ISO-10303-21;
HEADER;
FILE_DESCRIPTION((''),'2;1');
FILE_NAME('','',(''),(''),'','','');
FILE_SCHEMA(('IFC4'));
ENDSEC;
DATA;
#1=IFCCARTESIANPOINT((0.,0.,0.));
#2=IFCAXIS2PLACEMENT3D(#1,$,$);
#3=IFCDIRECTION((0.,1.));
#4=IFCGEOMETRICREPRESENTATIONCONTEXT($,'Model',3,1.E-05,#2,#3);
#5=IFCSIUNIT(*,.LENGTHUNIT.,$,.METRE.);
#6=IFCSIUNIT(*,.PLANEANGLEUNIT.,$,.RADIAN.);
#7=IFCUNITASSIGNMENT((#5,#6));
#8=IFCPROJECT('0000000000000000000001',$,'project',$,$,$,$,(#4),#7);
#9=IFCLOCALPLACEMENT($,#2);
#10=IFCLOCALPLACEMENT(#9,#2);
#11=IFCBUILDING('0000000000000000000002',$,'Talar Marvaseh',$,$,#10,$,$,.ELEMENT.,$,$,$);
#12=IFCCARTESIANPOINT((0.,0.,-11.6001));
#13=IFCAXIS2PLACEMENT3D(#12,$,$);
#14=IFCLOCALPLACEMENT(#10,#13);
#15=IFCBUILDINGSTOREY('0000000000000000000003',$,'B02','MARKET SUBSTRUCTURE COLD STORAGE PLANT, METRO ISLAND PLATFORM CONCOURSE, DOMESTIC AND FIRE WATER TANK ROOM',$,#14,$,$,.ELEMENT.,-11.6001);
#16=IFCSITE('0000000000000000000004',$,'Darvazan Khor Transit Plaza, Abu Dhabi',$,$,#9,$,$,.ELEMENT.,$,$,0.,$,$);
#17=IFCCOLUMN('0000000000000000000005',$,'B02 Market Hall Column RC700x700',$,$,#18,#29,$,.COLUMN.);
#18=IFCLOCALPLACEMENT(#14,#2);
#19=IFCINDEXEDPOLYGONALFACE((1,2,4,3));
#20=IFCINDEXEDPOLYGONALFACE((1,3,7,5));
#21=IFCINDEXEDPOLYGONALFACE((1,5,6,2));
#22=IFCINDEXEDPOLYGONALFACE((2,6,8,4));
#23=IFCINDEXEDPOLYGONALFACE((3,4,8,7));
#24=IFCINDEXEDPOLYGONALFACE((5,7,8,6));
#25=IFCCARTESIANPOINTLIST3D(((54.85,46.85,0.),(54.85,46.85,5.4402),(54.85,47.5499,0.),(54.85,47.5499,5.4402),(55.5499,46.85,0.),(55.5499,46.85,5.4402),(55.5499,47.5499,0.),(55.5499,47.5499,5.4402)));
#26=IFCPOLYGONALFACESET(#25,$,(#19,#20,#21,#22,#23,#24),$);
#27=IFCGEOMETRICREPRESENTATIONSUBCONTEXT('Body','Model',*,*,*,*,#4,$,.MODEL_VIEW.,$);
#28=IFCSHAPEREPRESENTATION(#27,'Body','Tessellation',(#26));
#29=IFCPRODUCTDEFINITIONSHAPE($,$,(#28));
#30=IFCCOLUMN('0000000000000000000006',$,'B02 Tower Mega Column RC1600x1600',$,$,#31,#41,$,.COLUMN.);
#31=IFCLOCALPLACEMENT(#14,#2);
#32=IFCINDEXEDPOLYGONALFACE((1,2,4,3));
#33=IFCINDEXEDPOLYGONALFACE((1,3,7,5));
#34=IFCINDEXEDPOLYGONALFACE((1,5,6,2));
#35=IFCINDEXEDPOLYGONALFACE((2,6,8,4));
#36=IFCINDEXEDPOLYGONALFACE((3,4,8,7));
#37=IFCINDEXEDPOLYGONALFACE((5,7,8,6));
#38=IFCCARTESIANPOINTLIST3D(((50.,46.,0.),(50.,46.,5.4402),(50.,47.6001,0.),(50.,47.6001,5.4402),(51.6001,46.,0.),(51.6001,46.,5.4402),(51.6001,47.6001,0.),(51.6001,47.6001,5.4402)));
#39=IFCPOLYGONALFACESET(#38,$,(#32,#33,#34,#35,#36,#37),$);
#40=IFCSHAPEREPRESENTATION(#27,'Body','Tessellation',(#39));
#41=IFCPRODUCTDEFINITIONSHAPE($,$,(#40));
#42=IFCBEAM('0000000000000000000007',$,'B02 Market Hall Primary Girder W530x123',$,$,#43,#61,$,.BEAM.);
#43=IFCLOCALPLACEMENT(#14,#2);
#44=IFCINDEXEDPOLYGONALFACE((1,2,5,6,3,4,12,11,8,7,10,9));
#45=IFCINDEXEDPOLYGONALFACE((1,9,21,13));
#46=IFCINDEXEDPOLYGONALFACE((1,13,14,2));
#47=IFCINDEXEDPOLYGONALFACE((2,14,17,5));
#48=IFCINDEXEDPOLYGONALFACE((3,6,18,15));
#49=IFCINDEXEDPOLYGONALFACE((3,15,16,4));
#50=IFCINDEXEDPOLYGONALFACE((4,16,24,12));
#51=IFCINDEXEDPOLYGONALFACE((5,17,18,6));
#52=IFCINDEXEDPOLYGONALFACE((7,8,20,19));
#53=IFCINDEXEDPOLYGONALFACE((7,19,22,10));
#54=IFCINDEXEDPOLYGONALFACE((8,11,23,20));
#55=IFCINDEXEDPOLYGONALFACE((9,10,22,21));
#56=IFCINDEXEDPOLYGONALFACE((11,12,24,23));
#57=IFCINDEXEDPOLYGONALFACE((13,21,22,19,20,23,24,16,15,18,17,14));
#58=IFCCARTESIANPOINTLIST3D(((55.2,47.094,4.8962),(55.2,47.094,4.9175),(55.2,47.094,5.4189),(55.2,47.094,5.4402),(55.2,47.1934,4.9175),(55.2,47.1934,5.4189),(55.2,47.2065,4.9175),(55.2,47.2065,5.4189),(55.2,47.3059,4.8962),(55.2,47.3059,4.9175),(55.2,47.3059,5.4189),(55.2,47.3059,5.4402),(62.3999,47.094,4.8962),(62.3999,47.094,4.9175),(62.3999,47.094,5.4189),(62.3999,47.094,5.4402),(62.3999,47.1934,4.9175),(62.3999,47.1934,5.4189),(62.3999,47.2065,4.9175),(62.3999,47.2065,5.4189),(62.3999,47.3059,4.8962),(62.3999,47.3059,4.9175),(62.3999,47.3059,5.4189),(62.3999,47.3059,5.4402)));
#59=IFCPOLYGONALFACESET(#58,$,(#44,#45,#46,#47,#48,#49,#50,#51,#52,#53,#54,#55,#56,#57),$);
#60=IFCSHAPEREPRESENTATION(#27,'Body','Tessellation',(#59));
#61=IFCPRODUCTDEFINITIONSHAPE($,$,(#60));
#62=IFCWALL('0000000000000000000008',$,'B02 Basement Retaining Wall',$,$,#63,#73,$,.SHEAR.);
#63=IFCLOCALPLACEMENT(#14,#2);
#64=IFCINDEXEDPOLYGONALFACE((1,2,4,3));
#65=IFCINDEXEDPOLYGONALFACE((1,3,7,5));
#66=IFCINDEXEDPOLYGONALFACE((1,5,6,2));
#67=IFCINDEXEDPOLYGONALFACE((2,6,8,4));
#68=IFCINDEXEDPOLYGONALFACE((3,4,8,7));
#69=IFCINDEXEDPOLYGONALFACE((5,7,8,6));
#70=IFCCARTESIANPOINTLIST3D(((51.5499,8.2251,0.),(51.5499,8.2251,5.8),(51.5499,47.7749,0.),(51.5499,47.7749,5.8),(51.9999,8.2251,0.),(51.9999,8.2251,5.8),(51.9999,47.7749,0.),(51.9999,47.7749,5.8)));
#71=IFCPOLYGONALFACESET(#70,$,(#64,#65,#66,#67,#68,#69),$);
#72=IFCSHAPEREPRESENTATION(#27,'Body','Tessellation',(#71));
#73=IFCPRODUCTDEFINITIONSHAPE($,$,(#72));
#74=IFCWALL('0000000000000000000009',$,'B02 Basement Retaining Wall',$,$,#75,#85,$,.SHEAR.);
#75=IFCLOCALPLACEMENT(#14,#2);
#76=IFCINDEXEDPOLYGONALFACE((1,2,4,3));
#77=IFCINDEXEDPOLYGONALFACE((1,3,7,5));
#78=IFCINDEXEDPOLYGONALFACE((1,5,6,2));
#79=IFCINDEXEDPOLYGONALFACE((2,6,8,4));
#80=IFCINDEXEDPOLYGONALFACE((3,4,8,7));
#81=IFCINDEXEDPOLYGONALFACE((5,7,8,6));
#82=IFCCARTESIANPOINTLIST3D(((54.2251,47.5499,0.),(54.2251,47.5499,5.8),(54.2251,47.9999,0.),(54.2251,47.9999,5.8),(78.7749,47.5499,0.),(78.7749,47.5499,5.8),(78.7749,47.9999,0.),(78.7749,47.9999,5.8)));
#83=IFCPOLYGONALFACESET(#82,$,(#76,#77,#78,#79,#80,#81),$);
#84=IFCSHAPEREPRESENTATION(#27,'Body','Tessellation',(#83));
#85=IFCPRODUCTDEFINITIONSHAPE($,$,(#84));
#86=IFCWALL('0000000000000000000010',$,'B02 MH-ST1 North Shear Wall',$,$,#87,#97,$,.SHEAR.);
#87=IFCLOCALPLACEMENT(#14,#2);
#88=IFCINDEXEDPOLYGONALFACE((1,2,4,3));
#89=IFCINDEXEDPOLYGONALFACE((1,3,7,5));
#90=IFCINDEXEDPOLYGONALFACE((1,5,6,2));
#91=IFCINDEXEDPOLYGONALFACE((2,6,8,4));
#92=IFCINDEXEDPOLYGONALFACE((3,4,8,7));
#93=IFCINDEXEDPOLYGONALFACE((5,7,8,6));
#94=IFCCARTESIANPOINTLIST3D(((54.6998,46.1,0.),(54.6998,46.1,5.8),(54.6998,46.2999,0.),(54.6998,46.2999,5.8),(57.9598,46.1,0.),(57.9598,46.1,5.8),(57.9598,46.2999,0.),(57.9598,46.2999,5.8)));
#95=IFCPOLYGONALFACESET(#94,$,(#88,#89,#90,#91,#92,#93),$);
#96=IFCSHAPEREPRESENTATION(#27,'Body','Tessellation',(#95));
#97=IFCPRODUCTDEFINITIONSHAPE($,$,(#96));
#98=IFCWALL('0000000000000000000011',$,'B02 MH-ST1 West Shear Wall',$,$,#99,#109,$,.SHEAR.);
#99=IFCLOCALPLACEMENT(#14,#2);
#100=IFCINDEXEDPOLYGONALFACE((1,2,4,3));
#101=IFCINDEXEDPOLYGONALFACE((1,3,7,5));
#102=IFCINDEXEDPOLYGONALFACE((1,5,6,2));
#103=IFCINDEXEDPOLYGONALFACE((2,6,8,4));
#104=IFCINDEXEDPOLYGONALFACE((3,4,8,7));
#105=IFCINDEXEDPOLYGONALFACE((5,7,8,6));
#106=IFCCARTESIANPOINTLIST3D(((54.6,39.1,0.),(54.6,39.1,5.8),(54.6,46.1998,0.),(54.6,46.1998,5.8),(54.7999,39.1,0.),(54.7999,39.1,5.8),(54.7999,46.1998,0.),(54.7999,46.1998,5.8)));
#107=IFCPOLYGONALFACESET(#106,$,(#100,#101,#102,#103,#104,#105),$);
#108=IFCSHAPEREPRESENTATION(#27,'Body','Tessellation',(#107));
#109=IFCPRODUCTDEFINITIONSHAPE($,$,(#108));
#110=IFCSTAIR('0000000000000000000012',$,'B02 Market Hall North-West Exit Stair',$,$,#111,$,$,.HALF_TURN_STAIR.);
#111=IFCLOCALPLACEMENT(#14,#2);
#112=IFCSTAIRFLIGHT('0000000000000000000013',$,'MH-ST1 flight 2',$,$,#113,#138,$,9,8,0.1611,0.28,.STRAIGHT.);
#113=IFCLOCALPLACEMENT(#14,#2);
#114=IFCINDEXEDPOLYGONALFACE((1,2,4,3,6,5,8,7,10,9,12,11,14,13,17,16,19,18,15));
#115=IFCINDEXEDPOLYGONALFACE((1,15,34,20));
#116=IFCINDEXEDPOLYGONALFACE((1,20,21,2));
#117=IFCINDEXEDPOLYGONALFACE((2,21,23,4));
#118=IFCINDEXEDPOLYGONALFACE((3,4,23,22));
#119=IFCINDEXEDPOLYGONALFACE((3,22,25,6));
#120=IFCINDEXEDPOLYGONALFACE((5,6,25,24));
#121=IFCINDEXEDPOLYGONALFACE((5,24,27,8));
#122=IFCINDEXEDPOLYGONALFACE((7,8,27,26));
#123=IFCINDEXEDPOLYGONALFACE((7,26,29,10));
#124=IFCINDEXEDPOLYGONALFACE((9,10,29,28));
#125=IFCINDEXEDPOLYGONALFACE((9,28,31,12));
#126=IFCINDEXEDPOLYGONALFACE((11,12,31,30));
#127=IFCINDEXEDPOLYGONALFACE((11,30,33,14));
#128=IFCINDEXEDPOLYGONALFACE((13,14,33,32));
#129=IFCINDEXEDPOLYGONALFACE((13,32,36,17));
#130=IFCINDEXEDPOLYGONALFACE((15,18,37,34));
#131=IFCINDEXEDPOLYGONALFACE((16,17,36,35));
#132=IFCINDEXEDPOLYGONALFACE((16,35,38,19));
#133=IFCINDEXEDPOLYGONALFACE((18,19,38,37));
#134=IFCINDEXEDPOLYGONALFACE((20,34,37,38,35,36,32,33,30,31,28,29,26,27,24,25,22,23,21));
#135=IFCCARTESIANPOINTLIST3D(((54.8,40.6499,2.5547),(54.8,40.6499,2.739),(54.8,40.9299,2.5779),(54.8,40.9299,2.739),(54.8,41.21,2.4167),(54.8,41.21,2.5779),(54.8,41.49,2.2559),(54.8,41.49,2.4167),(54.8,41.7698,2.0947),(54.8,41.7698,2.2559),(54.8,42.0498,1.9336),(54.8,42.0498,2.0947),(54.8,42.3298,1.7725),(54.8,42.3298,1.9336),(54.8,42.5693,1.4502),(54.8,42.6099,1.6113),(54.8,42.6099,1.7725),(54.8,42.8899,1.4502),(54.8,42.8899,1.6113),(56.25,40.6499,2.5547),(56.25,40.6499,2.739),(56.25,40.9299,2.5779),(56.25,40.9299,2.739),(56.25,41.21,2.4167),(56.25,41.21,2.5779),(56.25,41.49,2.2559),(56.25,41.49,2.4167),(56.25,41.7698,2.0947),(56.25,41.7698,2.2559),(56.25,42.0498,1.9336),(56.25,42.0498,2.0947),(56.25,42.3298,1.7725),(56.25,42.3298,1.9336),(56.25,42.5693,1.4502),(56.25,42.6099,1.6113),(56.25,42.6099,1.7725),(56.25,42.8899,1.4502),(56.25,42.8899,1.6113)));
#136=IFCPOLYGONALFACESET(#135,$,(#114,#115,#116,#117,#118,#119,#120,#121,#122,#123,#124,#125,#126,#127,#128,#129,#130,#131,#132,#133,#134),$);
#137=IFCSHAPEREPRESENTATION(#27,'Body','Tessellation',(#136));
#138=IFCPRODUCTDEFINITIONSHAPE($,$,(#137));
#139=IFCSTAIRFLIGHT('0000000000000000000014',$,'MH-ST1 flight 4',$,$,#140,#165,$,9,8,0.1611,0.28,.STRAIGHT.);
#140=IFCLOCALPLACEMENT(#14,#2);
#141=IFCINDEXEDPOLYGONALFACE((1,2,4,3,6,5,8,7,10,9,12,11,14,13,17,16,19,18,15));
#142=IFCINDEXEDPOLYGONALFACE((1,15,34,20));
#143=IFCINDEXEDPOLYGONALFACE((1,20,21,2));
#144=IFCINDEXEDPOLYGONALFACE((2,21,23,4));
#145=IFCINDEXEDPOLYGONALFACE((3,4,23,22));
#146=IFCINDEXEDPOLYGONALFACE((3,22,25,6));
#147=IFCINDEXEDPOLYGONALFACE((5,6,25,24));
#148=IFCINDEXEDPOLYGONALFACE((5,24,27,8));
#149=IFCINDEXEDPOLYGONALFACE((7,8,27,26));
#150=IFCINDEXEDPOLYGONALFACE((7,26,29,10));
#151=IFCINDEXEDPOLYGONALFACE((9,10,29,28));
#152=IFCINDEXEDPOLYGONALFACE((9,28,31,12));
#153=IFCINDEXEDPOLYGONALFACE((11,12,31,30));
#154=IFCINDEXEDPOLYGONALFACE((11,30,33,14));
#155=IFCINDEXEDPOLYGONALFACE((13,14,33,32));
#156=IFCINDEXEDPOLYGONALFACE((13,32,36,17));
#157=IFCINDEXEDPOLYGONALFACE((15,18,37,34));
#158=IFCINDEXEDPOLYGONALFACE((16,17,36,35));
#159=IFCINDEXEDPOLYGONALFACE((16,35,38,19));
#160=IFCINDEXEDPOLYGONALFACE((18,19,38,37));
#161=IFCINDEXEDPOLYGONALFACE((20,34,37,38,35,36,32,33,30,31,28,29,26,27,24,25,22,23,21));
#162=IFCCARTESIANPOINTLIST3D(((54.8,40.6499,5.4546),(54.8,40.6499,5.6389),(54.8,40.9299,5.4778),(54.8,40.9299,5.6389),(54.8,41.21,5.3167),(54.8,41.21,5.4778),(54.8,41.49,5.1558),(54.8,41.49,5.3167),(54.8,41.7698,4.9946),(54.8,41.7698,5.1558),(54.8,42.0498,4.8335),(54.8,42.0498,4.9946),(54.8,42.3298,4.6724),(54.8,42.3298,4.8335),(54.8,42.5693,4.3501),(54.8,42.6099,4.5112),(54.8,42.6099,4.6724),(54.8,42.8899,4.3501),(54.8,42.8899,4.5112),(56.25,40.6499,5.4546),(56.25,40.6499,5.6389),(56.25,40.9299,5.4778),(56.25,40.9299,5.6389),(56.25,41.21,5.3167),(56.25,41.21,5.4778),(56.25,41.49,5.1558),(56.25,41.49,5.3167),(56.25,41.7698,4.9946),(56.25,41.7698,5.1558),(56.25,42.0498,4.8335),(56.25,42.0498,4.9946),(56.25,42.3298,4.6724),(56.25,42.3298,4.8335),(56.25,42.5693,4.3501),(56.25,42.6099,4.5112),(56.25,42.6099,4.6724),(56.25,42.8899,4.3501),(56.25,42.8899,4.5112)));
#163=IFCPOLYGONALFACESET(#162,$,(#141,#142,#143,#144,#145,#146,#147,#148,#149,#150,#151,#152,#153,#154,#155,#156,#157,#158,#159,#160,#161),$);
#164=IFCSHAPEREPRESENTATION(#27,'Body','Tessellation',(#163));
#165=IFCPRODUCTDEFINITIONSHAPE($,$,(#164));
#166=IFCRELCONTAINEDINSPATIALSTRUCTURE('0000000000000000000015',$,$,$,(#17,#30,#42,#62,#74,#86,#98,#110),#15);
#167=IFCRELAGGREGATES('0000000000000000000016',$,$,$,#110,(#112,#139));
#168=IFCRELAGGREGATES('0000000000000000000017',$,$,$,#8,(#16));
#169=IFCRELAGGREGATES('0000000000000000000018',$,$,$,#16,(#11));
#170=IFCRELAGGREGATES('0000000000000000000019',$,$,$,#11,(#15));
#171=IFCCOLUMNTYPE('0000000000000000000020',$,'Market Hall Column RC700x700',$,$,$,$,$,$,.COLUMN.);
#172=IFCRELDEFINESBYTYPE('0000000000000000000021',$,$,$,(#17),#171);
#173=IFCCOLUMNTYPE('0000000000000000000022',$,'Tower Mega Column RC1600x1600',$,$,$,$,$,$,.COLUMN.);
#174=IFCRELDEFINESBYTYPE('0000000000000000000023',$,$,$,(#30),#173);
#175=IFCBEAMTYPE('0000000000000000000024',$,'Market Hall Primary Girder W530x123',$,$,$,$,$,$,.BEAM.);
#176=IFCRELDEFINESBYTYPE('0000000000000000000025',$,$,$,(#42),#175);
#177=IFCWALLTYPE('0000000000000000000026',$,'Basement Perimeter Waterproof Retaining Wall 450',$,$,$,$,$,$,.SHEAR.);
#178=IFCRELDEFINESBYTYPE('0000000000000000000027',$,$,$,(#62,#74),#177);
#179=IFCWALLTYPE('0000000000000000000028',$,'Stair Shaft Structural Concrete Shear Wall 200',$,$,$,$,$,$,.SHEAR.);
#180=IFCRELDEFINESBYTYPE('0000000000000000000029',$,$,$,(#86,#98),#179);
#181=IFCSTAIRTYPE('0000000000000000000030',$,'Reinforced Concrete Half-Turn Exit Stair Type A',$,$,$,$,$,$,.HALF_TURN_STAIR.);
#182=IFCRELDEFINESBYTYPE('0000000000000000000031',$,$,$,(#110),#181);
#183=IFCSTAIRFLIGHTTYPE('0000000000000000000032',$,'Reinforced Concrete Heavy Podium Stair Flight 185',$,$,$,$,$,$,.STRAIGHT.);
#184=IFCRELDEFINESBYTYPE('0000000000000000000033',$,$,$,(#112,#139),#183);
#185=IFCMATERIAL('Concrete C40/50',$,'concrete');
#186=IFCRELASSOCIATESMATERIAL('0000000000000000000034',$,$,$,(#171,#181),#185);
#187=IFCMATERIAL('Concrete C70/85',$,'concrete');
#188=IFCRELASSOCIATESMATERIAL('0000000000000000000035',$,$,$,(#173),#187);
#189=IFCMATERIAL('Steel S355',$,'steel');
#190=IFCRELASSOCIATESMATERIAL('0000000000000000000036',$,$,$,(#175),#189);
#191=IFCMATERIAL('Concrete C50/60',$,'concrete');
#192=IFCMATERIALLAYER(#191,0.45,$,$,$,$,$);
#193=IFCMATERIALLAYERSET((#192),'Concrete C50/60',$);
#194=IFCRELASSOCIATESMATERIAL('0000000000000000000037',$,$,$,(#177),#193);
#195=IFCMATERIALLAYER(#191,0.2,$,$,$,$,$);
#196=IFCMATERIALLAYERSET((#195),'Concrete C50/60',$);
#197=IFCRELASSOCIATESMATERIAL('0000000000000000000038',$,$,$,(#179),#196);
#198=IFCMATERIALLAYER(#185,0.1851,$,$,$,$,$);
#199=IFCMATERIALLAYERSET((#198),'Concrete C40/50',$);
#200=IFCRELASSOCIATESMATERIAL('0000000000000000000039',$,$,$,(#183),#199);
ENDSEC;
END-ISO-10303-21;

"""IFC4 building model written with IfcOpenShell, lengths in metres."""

from ifc_helpers import new_model, si_unit, direction, frame, frame_2d, origin, origin_2d, place, context, subcontext, project, spatial, polyline, rectangle, i_section, outline, extrude, material, layer, layer_set, material_profile, profile_set, type_object, element, aggregate, save


model = new_model("IFC4")

# Units and contexts
model_context = context("Model", 3, precision=1e-05, world=origin(), true_north=direction((0.0, 1.0)))
body_context = subcontext(model_context, "Body", "Model", "MODEL_VIEW")
ifc_project = project(units=[si_unit("LENGTHUNIT", "METRE"), si_unit("PLANEANGLEUNIT", "RADIAN")], contexts=[model_context])

# Site, building, storey
site_placement = place(None, origin())
site = spatial("IfcSite", under=ifc_project, at=site_placement, Name="Darvazan Khor Transit Plaza, Abu Dhabi", CompositionType="ELEMENT", RefElevation=0.0)
building_placement = place(site_placement, origin())
building = spatial("IfcBuilding", under=site, at=building_placement, Name="Talar Marvaseh", CompositionType="ELEMENT")
storey_placement = place(building_placement, frame((0.0, 0.0, -11.6001)))
storey = spatial("IfcBuildingStorey", under=building, at=storey_placement, Name="B02", Description="MARKET SUBSTRUCTURE COLD STORAGE PLANT, METRO ISLAND PLATFORM CONCOURSE, DOMESTIC AND FIRE WATER TANK ROOM", CompositionType="ELEMENT", Elevation=-11.6001)

# Shared definitions
ifc_material_1 = material(Name="Concrete C50/60", Category="concrete")

# Columns
ifc_material_2 = material(Name="Concrete C40/50", Category="concrete")
ifc_material_profile_1 = material_profile(ifc_material_2, rectangle(XDim=0.7, YDim=0.7, at=origin_2d()), Name="RC700x700")
ifc_profile_set_1 = profile_set([ifc_material_profile_1], Name="Concrete C40/50")
column_type_1 = type_object("IfcColumnType", Name="Market Hall Column RC700x700", PredefinedType="COLUMN", material=ifc_profile_set_1)
column_1_placement = place(storey_placement, frame((55.2, 47.2, 0.0), z_axis=(0.0, 0.0, 1.0), x_axis=(1.0, 0.0, 0.0)))
element("IfcColumn", 1, at=column_1_placement, inside=storey, type_object=column_type_1, Name="B02 Market Hall Column RC700x700", PredefinedType="COLUMN", context=body_context, shape_type="SweptSolid", body=[
    extrude(rectangle(XDim=0.7, YDim=0.7, at=origin_2d()), origin(), (0.0, 0.0, 1.0), 5.4402),
])
ifc_material_3 = material(Name="Concrete C70/85", Category="concrete")
ifc_material_profile_2 = material_profile(ifc_material_3, rectangle(XDim=1.6001, YDim=1.6001, at=origin_2d()), Name="RC1600x1600")
ifc_profile_set_2 = profile_set([ifc_material_profile_2], Name="Concrete C70/85")
column_type_2 = type_object("IfcColumnType", Name="Tower Mega Column RC1600x1600", PredefinedType="COLUMN", material=ifc_profile_set_2)
column_2_placement = place(storey_placement, frame((50.8, 46.8, 0.0), z_axis=(0.0, 0.0, 1.0), x_axis=(1.0, 0.0, 0.0)))
element("IfcColumn", 2, at=column_2_placement, inside=storey, type_object=column_type_2, Name="B02 Tower Mega Column RC1600x1600", PredefinedType="COLUMN", context=body_context, shape_type="SweptSolid", body=[
    extrude(rectangle(XDim=1.6001, YDim=1.6001, at=origin_2d()), origin(), (0.0, 0.0, 1.0), 5.4402),
])

# Beam
ifc_material_4 = material(Name="Steel S355", Category="steel")
ifc_material_profile_3 = material_profile(ifc_material_4, i_section(OverallWidth=0.2119, OverallDepth=0.5439, WebThickness=0.0132, FlangeThickness=0.0212, at=origin_2d()), Name="W530x123")
ifc_profile_set_3 = profile_set([ifc_material_profile_3], Name="Steel S355")
beam_type = type_object("IfcBeamType", Name="Market Hall Primary Girder W530x123", PredefinedType="BEAM", material=ifc_profile_set_3)
beam_placement = place(storey_placement, frame((55.2, 47.2, 5.1682), z_axis=(1.0, 0.0, 0.0), x_axis=(0.0, 1.0, 0.0)))
element("IfcBeam", 3, at=beam_placement, inside=storey, type_object=beam_type, Name="B02 Market Hall Primary Girder W530x123", PredefinedType="BEAM", context=body_context, shape_type="SweptSolid", body=[
    extrude(i_section(OverallWidth=0.2119, OverallDepth=0.5439, WebThickness=0.0132, FlangeThickness=0.0212, at=origin_2d()), origin(), (0.0, 0.0, 1.0), 7.2),
])

# Walls
ifc_layer_1 = layer(ifc_material_1, 0.45)
ifc_layer_set_1 = layer_set([ifc_layer_1], Name="Concrete C50/60")
wall_type_1 = type_object("IfcWallType", Name="Basement Perimeter Waterproof Retaining Wall 450", PredefinedType="SHEAR", material=ifc_layer_set_1)
wall_1_placement = place(storey_placement, frame((51.7749, 47.7749, 0.0), z_axis=(0.0, 0.0, 1.0), x_axis=(0.0, -1.0, 0.0)))
element("IfcWall", 4, at=wall_1_placement, inside=storey, type_object=wall_type_1, Name="B02 Basement Retaining Wall", PredefinedType="SHEAR", context=body_context, shape_type="SweptSolid", body=[
    extrude(rectangle(XDim=39.5498, YDim=0.45, at=frame_2d((19.7749, 0.0))), origin(), (0.0, 0.0, 1.0), 5.8),
])
wall_2_placement = place(storey_placement, frame((54.2251, 47.7749, 0.0), z_axis=(0.0, 0.0, 1.0), x_axis=(1.0, 0.0, 0.0)))
element("IfcWall", 5, at=wall_2_placement, inside=storey, type_object=wall_type_1, Name="B02 Basement Retaining Wall", PredefinedType="SHEAR", context=body_context, shape_type="SweptSolid", body=[
    extrude(rectangle(XDim=24.5498, YDim=0.45, at=frame_2d((12.2749, 0.0))), origin(), (0.0, 0.0, 1.0), 5.8),
])
ifc_layer_2 = layer(ifc_material_1, 0.2)
ifc_layer_set_2 = layer_set([ifc_layer_2], Name="Concrete C50/60")
wall_type_2 = type_object("IfcWallType", Name="Stair Shaft Structural Concrete Shear Wall 200", PredefinedType="SHEAR", material=ifc_layer_set_2)
wall_3_placement = place(storey_placement, frame((54.7, 46.2, 0.0), z_axis=(0.0, 0.0, 1.0), x_axis=(1.0, 0.0, 0.0)))
element("IfcWall", 6, at=wall_3_placement, inside=storey, type_object=wall_type_2, Name="B02 MH-ST1 North Shear Wall", PredefinedType="SHEAR", context=body_context, shape_type="SweptSolid", body=[
    extrude(rectangle(XDim=3.26, YDim=0.2, at=frame_2d((1.6299, 0.0))), origin(), (0.0, 0.0, 1.0), 5.8),
])
wall_4_placement = place(storey_placement, frame((54.7, 39.1001, 0.0), z_axis=(0.0, 0.0, 1.0), x_axis=(0.0, 1.0, 0.0)))
element("IfcWall", 7, at=wall_4_placement, inside=storey, type_object=wall_type_2, Name="B02 MH-ST1 West Shear Wall", PredefinedType="SHEAR", context=body_context, shape_type="SweptSolid", body=[
    extrude(rectangle(XDim=7.0999, YDim=0.2, at=frame_2d((3.5498, 0.0))), origin(), (0.0, 0.0, 1.0), 5.8),
])

# Stair, stair flights
stair_type = type_object("IfcStairType", Name="Reinforced Concrete Half-Turn Exit Stair Type A", PredefinedType="HALF_TURN_STAIR", material=ifc_material_2)
stair_placement = place(storey_placement, origin())
stair = element("IfcStair", 8, at=stair_placement, inside=storey, type_object=stair_type, Name="B02 Market Hall North-West Exit Stair", PredefinedType="HALF_TURN_STAIR")
ifc_layer_3 = layer(ifc_material_2, 0.1851)
ifc_layer_set_3 = layer_set([ifc_layer_3], Name="Concrete C40/50")
stair_flight_type = type_object("IfcStairFlightType", Name="Reinforced Concrete Heavy Podium Stair Flight 185", PredefinedType="STRAIGHT", material=ifc_layer_set_3)
stair_flight_1_placement = place(storey_placement, frame((55.5249, 42.8899, 1.4502), z_axis=(0.0, 0.0, 1.0), x_axis=(0.0, -1.0, 0.0)))
stair_flight_1 = element("IfcStairFlight", 9, at=stair_flight_1_placement, type_object=stair_flight_type, Name="MH-ST1 flight 2", NumberOfRisers=9, NumberOfTreads=8, PredefinedType="STRAIGHT", RiserHeight=0.1611, TreadLength=0.28, context=body_context, shape_type="SweptSolid", body=[
    extrude(outline(polyline([(0.0, 0.0), (0.0, 0.1611), (0.28, 0.1611), (0.28, 0.3223), (0.5601, 0.3223), (0.5601, 0.4834), (0.8401, 0.4834), (0.8401, 0.6445), (1.1201, 0.6445), (1.1201, 0.8057), (1.3999, 0.8057), (1.3999, 0.9666), (1.6799, 0.9666), (1.6799, 1.1277), (1.96, 1.1277), (1.96, 1.2888), (2.24, 1.2888), (2.24, 1.45), (2.24, 1.1045), (0.3206, 0.0), (0.0, 0.0)])), frame((0.0, 0.7251, 0.0), z_axis=(0.0, -1.0, 0.0), x_axis=(1.0, 0.0, 0.0)), (0.0, 0.0, 1.0), 1.45),
])
stair_flight_2_placement = place(storey_placement, frame((55.5249, 42.8899, 4.3501), z_axis=(0.0, 0.0, 1.0), x_axis=(0.0, -1.0, 0.0)))
stair_flight_2 = element("IfcStairFlight", 10, at=stair_flight_2_placement, type_object=stair_flight_type, Name="MH-ST1 flight 4", NumberOfRisers=9, NumberOfTreads=8, PredefinedType="STRAIGHT", RiserHeight=0.1611, TreadLength=0.28, context=body_context, shape_type="SweptSolid", body=[
    extrude(outline(polyline([(0.0, 0.0), (0.0, 0.1611), (0.28, 0.1611), (0.28, 0.3223), (0.5601, 0.3223), (0.5601, 0.4834), (0.8401, 0.4834), (0.8401, 0.6445), (1.1201, 0.6445), (1.1201, 0.8057), (1.3999, 0.8057), (1.3999, 0.9666), (1.6799, 0.9666), (1.6799, 1.1277), (1.96, 1.1277), (1.96, 1.2888), (2.24, 1.2888), (2.24, 1.45), (2.24, 1.1045), (0.3206, 0.0), (0.0, 0.0)])), frame((0.0, 0.7251, 0.0), z_axis=(0.0, -1.0, 0.0), x_axis=(1.0, 0.0, 0.0)), (0.0, 0.0, 1.0), 1.45),
])
aggregate(stair, [stair_flight_1, stair_flight_2])

save(model, "model.ifc")
